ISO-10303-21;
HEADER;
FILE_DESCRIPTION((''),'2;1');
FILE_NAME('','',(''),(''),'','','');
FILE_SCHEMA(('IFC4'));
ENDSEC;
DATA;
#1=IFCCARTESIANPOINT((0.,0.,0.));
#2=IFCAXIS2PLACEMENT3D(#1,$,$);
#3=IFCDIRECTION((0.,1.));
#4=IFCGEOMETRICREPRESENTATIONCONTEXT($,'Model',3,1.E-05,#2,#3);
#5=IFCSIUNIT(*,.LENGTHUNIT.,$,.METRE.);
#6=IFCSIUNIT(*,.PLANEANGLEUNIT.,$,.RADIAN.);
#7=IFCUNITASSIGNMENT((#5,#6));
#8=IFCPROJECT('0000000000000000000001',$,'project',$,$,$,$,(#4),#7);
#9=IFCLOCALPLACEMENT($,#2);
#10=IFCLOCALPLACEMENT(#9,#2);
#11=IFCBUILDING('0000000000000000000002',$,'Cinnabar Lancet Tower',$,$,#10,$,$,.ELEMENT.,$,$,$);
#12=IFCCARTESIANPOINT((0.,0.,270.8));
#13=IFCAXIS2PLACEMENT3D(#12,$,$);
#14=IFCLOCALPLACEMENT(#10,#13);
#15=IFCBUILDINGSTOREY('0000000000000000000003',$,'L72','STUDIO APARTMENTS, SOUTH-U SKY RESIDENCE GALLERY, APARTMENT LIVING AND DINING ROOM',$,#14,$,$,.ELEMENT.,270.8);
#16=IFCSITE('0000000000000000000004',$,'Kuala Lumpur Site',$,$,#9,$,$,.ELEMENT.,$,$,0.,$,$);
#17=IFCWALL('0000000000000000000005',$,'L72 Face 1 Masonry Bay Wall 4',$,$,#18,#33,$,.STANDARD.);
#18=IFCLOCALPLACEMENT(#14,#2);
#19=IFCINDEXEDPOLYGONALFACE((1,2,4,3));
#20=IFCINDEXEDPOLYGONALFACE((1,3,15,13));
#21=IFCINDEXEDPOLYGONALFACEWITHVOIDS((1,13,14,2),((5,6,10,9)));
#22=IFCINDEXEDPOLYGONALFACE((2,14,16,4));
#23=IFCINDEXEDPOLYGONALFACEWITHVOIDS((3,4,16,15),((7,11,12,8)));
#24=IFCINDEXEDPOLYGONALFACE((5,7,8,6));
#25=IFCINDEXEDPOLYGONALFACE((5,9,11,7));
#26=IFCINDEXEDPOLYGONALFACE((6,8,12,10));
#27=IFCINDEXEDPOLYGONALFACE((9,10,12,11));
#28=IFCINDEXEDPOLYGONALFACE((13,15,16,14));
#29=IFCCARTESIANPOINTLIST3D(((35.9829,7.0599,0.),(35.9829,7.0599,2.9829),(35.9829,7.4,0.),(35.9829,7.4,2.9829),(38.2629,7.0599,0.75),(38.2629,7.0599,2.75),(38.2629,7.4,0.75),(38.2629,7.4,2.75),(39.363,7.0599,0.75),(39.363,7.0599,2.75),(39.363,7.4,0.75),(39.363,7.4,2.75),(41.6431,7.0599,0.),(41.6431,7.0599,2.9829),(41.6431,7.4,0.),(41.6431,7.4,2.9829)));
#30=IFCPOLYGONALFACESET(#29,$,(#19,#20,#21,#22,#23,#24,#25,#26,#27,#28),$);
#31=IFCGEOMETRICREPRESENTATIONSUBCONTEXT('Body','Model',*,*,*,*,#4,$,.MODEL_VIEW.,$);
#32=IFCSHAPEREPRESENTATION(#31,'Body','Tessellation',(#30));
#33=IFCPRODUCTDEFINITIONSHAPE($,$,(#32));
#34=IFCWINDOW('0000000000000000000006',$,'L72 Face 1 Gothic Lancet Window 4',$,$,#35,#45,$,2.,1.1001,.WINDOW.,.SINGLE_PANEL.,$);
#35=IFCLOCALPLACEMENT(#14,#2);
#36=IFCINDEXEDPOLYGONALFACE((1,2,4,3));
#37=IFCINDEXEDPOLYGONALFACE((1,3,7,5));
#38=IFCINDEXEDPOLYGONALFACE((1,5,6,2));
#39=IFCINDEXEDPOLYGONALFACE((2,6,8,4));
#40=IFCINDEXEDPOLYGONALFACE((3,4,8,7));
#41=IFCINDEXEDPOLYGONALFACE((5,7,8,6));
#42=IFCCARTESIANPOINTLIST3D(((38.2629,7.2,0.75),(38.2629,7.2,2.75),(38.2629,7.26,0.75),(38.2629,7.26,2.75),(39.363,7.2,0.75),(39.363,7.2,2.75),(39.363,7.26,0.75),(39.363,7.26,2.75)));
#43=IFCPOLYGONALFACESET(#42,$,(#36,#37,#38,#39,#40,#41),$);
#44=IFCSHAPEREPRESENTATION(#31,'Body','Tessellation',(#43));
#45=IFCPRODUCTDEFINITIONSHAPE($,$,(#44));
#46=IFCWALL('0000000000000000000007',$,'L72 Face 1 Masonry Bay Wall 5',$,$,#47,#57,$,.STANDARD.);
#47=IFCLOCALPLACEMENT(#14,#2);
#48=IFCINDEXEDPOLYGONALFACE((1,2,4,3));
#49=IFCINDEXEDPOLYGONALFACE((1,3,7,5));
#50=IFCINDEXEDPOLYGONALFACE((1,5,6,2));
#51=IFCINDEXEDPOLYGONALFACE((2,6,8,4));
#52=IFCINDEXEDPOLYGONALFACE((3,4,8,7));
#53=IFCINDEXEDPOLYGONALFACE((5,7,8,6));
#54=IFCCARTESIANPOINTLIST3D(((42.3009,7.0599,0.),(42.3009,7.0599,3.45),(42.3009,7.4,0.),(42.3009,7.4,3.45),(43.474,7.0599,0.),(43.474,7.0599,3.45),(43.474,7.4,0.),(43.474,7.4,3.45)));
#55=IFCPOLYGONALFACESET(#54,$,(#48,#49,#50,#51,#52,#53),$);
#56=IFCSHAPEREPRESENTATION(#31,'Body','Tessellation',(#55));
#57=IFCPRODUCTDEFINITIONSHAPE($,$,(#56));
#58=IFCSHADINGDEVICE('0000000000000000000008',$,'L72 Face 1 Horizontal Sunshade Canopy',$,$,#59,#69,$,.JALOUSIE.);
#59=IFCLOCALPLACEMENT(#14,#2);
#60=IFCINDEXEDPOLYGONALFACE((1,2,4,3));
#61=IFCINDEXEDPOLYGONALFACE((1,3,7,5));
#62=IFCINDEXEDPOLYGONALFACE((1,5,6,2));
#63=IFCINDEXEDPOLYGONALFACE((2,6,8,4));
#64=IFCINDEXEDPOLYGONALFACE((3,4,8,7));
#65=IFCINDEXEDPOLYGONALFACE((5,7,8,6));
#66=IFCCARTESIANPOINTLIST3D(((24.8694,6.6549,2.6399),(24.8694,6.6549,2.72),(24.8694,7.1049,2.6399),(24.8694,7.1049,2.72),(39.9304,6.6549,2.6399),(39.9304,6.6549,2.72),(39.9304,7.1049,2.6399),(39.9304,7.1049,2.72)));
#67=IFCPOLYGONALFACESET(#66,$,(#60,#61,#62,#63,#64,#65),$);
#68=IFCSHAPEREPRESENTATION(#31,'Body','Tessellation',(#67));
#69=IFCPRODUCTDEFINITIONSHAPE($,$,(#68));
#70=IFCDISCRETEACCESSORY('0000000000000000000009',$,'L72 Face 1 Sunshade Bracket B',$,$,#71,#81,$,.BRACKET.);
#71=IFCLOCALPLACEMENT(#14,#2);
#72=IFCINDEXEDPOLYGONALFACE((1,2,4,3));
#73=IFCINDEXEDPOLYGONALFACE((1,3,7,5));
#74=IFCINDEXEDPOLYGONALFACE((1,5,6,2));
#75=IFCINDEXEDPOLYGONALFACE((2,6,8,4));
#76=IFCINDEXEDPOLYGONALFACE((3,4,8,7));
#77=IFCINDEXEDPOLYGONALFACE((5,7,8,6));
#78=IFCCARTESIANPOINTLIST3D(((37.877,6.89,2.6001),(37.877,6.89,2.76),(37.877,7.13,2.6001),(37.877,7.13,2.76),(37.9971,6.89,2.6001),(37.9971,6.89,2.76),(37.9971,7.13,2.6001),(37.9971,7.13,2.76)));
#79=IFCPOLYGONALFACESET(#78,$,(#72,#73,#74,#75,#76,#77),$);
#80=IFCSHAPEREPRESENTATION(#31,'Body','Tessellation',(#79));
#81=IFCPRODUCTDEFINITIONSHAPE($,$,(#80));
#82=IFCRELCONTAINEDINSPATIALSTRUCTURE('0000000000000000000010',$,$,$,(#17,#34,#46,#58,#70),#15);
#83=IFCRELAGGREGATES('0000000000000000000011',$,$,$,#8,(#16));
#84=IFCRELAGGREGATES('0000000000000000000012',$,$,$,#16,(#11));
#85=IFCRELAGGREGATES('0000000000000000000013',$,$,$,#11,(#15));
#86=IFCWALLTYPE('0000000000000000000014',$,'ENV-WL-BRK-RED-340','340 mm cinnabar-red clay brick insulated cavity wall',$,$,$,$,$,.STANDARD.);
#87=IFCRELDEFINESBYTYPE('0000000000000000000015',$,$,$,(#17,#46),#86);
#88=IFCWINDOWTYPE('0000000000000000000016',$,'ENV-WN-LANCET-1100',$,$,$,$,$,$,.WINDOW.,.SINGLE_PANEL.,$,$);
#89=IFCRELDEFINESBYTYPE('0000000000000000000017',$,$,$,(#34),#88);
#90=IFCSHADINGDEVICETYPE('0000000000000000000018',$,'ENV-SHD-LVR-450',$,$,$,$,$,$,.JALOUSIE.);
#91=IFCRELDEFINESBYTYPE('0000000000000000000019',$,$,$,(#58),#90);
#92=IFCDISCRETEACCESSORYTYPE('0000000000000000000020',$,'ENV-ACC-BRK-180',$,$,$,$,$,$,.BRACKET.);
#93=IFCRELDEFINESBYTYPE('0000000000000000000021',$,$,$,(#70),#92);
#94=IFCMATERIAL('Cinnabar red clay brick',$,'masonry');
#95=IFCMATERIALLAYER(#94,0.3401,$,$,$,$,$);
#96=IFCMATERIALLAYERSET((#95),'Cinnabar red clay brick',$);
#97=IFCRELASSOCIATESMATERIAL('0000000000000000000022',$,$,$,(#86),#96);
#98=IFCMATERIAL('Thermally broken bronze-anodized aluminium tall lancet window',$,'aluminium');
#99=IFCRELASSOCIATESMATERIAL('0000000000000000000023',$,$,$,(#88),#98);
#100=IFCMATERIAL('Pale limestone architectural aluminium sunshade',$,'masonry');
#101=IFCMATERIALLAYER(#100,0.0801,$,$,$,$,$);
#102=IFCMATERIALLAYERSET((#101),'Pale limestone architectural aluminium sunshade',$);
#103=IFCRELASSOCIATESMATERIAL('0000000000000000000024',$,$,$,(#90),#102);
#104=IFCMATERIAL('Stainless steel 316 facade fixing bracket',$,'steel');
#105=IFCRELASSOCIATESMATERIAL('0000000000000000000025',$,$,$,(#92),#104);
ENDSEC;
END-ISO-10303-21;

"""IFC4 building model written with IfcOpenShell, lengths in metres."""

from ifc_helpers import new_model, si_unit, direction, frame, frame_2d, origin, origin_2d, place, context, subcontext, project, spatial, rectangle, extrude, material, layer, layer_set, type_object, element, fill, save


model = new_model("IFC4")

# Units and contexts
model_context = context("Model", 3, precision=1e-05, world=origin(), true_north=direction((0.0, 1.0)))
body_context = subcontext(model_context, "Body", "Model", "MODEL_VIEW")
ifc_project = project(units=[si_unit("LENGTHUNIT", "METRE"), si_unit("PLANEANGLEUNIT", "RADIAN")], contexts=[model_context])

# Site, building, storey
site_placement = place(None, origin())
site = spatial("IfcSite", under=ifc_project, at=site_placement, Name="Kuala Lumpur Site", CompositionType="ELEMENT", RefElevation=0.0)
building_placement = place(site_placement, origin())
building = spatial("IfcBuilding", under=site, at=building_placement, Name="Cinnabar Lancet Tower", CompositionType="ELEMENT")
storey_placement = place(building_placement, frame((0.0, 0.0, 270.8)))
storey = spatial("IfcBuildingStorey", under=building, at=storey_placement, Name="L72", Description="STUDIO APARTMENTS, SOUTH-U SKY RESIDENCE GALLERY, APARTMENT LIVING AND DINING ROOM", CompositionType="ELEMENT", Elevation=270.8)

# Shared definitions
ifc_material_1 = material(Name="Cinnabar red clay brick", Category="masonry")
ifc_layer_1 = layer(ifc_material_1, 0.3401)
ifc_layer_set_1 = layer_set([ifc_layer_1], Name="Cinnabar red clay brick")
wall_type_1 = type_object("IfcWallType", Name="ENV-WL-BRK-RED-340", Description="340 mm cinnabar-red clay brick insulated cavity wall", PredefinedType="STANDARD", material=ifc_layer_set_1)

# Wall, opening, window
wall_1_placement = place(storey_placement, frame((35.9829, 7.23, 0.0), z_axis=(0.0, 0.0, 1.0), x_axis=(1.0, 0.0, 0.0)))
wall_1 = element("IfcWall", 1, at=wall_1_placement, inside=storey, type_object=wall_type_1, Name="L72 Face 1 Masonry Bay Wall 4", PredefinedType="STANDARD", context=body_context, shape_type="SweptSolid", body=[
    extrude(rectangle(XDim=5.6602, YDim=0.3401, at=frame_2d((2.8301, 0.0))), origin(), (0.0, 0.0, 1.0), 2.9829),
])
opening_1_placement = place(wall_1_placement, frame((2.28, 0.0, 0.75)))
opening_1 = element("IfcOpeningElement", 2, at=opening_1_placement, cuts=wall_1, PredefinedType="OPENING", context=body_context, shape_type="SweptSolid", body=[
    extrude(rectangle(XDim=1.1001, YDim=2.0, at=frame_2d((0.55, 1.0))), frame((0.0, 0.1799, 0.0), z_axis=(0.0, -1.0, 0.0), x_axis=(1.0, 0.0, 0.0)), (0.0, 0.0, 1.0), 0.3601),
])
ifc_material_2 = material(Name="Thermally broken bronze-anodized aluminium tall lancet window", Category="aluminium")
window_type = type_object("IfcWindowType", Name="ENV-WN-LANCET-1100", PartitioningType="SINGLE_PANEL", PredefinedType="WINDOW", material=ifc_material_2)
window_placement = place(opening_1_placement, origin())
window = element("IfcWindow", 3, at=window_placement, inside=storey, type_object=window_type, Name="L72 Face 1 Gothic Lancet Window 4", OverallHeight=2.0, OverallWidth=1.1001, PartitioningType="SINGLE_PANEL", PredefinedType="WINDOW", context=body_context, shape_type="SweptSolid", body=[
    extrude(rectangle(XDim=1.1001, YDim=2.0, at=frame_2d((0.55, 1.0))), frame((0.0, 0.03, 0.0), z_axis=(0.0, -1.0, 0.0), x_axis=(1.0, 0.0, 0.0)), (0.0, 0.0, 1.0), 0.0601),
])
fill(opening_1, window)

# Wall
wall_2_placement = place(storey_placement, frame((42.301, 7.23, 0.0), z_axis=(0.0, 0.0, 1.0), x_axis=(1.0, 0.0, 0.0)))
element("IfcWall", 4, at=wall_2_placement, inside=storey, type_object=wall_type_1, Name="L72 Face 1 Masonry Bay Wall 5", PredefinedType="STANDARD", context=body_context, shape_type="SweptSolid", body=[
    extrude(rectangle(XDim=1.1731, YDim=0.3401, at=frame_2d((0.5864, 0.0))), origin(), (0.0, 0.0, 1.0), 3.45),
])

# Shading device
ifc_material_3 = material(Name="Pale limestone architectural aluminium sunshade", Category="masonry")
ifc_layer_2 = layer(ifc_material_3, 0.0801)
ifc_layer_set_2 = layer_set([ifc_layer_2], Name="Pale limestone architectural aluminium sunshade")
shading_device_type = type_object("IfcShadingDeviceType", Name="ENV-SHD-LVR-450", PredefinedType="JALOUSIE", material=ifc_layer_set_2)
shading_device_placement = place(storey_placement, frame((32.3999, 6.8799, 2.6399), z_axis=(0.0, 0.0, 1.0), x_axis=(1.0, 0.0, 0.0)))
element("IfcShadingDevice", 5, at=shading_device_placement, inside=storey, type_object=shading_device_type, Name="L72 Face 1 Horizontal Sunshade Canopy", PredefinedType="JALOUSIE", context=body_context, shape_type="SweptSolid", body=[
    extrude(rectangle(XDim=15.061, YDim=0.45, at=origin_2d()), origin(), (0.0, 0.0, 1.0), 0.0801),
])

# Discrete accessory
ifc_material_4 = material(Name="Stainless steel 316 facade fixing bracket", Category="steel")
discrete_accessory_type = type_object("IfcDiscreteAccessoryType", Name="ENV-ACC-BRK-180", PredefinedType="BRACKET", material=ifc_material_4)
discrete_accessory_placement = place(storey_placement, frame((37.937, 7.01, 2.6001), z_axis=(0.0, 0.0, 1.0), x_axis=(1.0, 0.0, 0.0)))
element("IfcDiscreteAccessory", 6, at=discrete_accessory_placement, inside=storey, type_object=discrete_accessory_type, Name="L72 Face 1 Sunshade Bracket B", PredefinedType="BRACKET", context=body_context, shape_type="SweptSolid", body=[
    extrude(rectangle(XDim=0.1201, YDim=0.24, at=origin_2d()), origin(), (0.0, 0.0, 1.0), 0.1599),
])

save(model, "model.ifc")
